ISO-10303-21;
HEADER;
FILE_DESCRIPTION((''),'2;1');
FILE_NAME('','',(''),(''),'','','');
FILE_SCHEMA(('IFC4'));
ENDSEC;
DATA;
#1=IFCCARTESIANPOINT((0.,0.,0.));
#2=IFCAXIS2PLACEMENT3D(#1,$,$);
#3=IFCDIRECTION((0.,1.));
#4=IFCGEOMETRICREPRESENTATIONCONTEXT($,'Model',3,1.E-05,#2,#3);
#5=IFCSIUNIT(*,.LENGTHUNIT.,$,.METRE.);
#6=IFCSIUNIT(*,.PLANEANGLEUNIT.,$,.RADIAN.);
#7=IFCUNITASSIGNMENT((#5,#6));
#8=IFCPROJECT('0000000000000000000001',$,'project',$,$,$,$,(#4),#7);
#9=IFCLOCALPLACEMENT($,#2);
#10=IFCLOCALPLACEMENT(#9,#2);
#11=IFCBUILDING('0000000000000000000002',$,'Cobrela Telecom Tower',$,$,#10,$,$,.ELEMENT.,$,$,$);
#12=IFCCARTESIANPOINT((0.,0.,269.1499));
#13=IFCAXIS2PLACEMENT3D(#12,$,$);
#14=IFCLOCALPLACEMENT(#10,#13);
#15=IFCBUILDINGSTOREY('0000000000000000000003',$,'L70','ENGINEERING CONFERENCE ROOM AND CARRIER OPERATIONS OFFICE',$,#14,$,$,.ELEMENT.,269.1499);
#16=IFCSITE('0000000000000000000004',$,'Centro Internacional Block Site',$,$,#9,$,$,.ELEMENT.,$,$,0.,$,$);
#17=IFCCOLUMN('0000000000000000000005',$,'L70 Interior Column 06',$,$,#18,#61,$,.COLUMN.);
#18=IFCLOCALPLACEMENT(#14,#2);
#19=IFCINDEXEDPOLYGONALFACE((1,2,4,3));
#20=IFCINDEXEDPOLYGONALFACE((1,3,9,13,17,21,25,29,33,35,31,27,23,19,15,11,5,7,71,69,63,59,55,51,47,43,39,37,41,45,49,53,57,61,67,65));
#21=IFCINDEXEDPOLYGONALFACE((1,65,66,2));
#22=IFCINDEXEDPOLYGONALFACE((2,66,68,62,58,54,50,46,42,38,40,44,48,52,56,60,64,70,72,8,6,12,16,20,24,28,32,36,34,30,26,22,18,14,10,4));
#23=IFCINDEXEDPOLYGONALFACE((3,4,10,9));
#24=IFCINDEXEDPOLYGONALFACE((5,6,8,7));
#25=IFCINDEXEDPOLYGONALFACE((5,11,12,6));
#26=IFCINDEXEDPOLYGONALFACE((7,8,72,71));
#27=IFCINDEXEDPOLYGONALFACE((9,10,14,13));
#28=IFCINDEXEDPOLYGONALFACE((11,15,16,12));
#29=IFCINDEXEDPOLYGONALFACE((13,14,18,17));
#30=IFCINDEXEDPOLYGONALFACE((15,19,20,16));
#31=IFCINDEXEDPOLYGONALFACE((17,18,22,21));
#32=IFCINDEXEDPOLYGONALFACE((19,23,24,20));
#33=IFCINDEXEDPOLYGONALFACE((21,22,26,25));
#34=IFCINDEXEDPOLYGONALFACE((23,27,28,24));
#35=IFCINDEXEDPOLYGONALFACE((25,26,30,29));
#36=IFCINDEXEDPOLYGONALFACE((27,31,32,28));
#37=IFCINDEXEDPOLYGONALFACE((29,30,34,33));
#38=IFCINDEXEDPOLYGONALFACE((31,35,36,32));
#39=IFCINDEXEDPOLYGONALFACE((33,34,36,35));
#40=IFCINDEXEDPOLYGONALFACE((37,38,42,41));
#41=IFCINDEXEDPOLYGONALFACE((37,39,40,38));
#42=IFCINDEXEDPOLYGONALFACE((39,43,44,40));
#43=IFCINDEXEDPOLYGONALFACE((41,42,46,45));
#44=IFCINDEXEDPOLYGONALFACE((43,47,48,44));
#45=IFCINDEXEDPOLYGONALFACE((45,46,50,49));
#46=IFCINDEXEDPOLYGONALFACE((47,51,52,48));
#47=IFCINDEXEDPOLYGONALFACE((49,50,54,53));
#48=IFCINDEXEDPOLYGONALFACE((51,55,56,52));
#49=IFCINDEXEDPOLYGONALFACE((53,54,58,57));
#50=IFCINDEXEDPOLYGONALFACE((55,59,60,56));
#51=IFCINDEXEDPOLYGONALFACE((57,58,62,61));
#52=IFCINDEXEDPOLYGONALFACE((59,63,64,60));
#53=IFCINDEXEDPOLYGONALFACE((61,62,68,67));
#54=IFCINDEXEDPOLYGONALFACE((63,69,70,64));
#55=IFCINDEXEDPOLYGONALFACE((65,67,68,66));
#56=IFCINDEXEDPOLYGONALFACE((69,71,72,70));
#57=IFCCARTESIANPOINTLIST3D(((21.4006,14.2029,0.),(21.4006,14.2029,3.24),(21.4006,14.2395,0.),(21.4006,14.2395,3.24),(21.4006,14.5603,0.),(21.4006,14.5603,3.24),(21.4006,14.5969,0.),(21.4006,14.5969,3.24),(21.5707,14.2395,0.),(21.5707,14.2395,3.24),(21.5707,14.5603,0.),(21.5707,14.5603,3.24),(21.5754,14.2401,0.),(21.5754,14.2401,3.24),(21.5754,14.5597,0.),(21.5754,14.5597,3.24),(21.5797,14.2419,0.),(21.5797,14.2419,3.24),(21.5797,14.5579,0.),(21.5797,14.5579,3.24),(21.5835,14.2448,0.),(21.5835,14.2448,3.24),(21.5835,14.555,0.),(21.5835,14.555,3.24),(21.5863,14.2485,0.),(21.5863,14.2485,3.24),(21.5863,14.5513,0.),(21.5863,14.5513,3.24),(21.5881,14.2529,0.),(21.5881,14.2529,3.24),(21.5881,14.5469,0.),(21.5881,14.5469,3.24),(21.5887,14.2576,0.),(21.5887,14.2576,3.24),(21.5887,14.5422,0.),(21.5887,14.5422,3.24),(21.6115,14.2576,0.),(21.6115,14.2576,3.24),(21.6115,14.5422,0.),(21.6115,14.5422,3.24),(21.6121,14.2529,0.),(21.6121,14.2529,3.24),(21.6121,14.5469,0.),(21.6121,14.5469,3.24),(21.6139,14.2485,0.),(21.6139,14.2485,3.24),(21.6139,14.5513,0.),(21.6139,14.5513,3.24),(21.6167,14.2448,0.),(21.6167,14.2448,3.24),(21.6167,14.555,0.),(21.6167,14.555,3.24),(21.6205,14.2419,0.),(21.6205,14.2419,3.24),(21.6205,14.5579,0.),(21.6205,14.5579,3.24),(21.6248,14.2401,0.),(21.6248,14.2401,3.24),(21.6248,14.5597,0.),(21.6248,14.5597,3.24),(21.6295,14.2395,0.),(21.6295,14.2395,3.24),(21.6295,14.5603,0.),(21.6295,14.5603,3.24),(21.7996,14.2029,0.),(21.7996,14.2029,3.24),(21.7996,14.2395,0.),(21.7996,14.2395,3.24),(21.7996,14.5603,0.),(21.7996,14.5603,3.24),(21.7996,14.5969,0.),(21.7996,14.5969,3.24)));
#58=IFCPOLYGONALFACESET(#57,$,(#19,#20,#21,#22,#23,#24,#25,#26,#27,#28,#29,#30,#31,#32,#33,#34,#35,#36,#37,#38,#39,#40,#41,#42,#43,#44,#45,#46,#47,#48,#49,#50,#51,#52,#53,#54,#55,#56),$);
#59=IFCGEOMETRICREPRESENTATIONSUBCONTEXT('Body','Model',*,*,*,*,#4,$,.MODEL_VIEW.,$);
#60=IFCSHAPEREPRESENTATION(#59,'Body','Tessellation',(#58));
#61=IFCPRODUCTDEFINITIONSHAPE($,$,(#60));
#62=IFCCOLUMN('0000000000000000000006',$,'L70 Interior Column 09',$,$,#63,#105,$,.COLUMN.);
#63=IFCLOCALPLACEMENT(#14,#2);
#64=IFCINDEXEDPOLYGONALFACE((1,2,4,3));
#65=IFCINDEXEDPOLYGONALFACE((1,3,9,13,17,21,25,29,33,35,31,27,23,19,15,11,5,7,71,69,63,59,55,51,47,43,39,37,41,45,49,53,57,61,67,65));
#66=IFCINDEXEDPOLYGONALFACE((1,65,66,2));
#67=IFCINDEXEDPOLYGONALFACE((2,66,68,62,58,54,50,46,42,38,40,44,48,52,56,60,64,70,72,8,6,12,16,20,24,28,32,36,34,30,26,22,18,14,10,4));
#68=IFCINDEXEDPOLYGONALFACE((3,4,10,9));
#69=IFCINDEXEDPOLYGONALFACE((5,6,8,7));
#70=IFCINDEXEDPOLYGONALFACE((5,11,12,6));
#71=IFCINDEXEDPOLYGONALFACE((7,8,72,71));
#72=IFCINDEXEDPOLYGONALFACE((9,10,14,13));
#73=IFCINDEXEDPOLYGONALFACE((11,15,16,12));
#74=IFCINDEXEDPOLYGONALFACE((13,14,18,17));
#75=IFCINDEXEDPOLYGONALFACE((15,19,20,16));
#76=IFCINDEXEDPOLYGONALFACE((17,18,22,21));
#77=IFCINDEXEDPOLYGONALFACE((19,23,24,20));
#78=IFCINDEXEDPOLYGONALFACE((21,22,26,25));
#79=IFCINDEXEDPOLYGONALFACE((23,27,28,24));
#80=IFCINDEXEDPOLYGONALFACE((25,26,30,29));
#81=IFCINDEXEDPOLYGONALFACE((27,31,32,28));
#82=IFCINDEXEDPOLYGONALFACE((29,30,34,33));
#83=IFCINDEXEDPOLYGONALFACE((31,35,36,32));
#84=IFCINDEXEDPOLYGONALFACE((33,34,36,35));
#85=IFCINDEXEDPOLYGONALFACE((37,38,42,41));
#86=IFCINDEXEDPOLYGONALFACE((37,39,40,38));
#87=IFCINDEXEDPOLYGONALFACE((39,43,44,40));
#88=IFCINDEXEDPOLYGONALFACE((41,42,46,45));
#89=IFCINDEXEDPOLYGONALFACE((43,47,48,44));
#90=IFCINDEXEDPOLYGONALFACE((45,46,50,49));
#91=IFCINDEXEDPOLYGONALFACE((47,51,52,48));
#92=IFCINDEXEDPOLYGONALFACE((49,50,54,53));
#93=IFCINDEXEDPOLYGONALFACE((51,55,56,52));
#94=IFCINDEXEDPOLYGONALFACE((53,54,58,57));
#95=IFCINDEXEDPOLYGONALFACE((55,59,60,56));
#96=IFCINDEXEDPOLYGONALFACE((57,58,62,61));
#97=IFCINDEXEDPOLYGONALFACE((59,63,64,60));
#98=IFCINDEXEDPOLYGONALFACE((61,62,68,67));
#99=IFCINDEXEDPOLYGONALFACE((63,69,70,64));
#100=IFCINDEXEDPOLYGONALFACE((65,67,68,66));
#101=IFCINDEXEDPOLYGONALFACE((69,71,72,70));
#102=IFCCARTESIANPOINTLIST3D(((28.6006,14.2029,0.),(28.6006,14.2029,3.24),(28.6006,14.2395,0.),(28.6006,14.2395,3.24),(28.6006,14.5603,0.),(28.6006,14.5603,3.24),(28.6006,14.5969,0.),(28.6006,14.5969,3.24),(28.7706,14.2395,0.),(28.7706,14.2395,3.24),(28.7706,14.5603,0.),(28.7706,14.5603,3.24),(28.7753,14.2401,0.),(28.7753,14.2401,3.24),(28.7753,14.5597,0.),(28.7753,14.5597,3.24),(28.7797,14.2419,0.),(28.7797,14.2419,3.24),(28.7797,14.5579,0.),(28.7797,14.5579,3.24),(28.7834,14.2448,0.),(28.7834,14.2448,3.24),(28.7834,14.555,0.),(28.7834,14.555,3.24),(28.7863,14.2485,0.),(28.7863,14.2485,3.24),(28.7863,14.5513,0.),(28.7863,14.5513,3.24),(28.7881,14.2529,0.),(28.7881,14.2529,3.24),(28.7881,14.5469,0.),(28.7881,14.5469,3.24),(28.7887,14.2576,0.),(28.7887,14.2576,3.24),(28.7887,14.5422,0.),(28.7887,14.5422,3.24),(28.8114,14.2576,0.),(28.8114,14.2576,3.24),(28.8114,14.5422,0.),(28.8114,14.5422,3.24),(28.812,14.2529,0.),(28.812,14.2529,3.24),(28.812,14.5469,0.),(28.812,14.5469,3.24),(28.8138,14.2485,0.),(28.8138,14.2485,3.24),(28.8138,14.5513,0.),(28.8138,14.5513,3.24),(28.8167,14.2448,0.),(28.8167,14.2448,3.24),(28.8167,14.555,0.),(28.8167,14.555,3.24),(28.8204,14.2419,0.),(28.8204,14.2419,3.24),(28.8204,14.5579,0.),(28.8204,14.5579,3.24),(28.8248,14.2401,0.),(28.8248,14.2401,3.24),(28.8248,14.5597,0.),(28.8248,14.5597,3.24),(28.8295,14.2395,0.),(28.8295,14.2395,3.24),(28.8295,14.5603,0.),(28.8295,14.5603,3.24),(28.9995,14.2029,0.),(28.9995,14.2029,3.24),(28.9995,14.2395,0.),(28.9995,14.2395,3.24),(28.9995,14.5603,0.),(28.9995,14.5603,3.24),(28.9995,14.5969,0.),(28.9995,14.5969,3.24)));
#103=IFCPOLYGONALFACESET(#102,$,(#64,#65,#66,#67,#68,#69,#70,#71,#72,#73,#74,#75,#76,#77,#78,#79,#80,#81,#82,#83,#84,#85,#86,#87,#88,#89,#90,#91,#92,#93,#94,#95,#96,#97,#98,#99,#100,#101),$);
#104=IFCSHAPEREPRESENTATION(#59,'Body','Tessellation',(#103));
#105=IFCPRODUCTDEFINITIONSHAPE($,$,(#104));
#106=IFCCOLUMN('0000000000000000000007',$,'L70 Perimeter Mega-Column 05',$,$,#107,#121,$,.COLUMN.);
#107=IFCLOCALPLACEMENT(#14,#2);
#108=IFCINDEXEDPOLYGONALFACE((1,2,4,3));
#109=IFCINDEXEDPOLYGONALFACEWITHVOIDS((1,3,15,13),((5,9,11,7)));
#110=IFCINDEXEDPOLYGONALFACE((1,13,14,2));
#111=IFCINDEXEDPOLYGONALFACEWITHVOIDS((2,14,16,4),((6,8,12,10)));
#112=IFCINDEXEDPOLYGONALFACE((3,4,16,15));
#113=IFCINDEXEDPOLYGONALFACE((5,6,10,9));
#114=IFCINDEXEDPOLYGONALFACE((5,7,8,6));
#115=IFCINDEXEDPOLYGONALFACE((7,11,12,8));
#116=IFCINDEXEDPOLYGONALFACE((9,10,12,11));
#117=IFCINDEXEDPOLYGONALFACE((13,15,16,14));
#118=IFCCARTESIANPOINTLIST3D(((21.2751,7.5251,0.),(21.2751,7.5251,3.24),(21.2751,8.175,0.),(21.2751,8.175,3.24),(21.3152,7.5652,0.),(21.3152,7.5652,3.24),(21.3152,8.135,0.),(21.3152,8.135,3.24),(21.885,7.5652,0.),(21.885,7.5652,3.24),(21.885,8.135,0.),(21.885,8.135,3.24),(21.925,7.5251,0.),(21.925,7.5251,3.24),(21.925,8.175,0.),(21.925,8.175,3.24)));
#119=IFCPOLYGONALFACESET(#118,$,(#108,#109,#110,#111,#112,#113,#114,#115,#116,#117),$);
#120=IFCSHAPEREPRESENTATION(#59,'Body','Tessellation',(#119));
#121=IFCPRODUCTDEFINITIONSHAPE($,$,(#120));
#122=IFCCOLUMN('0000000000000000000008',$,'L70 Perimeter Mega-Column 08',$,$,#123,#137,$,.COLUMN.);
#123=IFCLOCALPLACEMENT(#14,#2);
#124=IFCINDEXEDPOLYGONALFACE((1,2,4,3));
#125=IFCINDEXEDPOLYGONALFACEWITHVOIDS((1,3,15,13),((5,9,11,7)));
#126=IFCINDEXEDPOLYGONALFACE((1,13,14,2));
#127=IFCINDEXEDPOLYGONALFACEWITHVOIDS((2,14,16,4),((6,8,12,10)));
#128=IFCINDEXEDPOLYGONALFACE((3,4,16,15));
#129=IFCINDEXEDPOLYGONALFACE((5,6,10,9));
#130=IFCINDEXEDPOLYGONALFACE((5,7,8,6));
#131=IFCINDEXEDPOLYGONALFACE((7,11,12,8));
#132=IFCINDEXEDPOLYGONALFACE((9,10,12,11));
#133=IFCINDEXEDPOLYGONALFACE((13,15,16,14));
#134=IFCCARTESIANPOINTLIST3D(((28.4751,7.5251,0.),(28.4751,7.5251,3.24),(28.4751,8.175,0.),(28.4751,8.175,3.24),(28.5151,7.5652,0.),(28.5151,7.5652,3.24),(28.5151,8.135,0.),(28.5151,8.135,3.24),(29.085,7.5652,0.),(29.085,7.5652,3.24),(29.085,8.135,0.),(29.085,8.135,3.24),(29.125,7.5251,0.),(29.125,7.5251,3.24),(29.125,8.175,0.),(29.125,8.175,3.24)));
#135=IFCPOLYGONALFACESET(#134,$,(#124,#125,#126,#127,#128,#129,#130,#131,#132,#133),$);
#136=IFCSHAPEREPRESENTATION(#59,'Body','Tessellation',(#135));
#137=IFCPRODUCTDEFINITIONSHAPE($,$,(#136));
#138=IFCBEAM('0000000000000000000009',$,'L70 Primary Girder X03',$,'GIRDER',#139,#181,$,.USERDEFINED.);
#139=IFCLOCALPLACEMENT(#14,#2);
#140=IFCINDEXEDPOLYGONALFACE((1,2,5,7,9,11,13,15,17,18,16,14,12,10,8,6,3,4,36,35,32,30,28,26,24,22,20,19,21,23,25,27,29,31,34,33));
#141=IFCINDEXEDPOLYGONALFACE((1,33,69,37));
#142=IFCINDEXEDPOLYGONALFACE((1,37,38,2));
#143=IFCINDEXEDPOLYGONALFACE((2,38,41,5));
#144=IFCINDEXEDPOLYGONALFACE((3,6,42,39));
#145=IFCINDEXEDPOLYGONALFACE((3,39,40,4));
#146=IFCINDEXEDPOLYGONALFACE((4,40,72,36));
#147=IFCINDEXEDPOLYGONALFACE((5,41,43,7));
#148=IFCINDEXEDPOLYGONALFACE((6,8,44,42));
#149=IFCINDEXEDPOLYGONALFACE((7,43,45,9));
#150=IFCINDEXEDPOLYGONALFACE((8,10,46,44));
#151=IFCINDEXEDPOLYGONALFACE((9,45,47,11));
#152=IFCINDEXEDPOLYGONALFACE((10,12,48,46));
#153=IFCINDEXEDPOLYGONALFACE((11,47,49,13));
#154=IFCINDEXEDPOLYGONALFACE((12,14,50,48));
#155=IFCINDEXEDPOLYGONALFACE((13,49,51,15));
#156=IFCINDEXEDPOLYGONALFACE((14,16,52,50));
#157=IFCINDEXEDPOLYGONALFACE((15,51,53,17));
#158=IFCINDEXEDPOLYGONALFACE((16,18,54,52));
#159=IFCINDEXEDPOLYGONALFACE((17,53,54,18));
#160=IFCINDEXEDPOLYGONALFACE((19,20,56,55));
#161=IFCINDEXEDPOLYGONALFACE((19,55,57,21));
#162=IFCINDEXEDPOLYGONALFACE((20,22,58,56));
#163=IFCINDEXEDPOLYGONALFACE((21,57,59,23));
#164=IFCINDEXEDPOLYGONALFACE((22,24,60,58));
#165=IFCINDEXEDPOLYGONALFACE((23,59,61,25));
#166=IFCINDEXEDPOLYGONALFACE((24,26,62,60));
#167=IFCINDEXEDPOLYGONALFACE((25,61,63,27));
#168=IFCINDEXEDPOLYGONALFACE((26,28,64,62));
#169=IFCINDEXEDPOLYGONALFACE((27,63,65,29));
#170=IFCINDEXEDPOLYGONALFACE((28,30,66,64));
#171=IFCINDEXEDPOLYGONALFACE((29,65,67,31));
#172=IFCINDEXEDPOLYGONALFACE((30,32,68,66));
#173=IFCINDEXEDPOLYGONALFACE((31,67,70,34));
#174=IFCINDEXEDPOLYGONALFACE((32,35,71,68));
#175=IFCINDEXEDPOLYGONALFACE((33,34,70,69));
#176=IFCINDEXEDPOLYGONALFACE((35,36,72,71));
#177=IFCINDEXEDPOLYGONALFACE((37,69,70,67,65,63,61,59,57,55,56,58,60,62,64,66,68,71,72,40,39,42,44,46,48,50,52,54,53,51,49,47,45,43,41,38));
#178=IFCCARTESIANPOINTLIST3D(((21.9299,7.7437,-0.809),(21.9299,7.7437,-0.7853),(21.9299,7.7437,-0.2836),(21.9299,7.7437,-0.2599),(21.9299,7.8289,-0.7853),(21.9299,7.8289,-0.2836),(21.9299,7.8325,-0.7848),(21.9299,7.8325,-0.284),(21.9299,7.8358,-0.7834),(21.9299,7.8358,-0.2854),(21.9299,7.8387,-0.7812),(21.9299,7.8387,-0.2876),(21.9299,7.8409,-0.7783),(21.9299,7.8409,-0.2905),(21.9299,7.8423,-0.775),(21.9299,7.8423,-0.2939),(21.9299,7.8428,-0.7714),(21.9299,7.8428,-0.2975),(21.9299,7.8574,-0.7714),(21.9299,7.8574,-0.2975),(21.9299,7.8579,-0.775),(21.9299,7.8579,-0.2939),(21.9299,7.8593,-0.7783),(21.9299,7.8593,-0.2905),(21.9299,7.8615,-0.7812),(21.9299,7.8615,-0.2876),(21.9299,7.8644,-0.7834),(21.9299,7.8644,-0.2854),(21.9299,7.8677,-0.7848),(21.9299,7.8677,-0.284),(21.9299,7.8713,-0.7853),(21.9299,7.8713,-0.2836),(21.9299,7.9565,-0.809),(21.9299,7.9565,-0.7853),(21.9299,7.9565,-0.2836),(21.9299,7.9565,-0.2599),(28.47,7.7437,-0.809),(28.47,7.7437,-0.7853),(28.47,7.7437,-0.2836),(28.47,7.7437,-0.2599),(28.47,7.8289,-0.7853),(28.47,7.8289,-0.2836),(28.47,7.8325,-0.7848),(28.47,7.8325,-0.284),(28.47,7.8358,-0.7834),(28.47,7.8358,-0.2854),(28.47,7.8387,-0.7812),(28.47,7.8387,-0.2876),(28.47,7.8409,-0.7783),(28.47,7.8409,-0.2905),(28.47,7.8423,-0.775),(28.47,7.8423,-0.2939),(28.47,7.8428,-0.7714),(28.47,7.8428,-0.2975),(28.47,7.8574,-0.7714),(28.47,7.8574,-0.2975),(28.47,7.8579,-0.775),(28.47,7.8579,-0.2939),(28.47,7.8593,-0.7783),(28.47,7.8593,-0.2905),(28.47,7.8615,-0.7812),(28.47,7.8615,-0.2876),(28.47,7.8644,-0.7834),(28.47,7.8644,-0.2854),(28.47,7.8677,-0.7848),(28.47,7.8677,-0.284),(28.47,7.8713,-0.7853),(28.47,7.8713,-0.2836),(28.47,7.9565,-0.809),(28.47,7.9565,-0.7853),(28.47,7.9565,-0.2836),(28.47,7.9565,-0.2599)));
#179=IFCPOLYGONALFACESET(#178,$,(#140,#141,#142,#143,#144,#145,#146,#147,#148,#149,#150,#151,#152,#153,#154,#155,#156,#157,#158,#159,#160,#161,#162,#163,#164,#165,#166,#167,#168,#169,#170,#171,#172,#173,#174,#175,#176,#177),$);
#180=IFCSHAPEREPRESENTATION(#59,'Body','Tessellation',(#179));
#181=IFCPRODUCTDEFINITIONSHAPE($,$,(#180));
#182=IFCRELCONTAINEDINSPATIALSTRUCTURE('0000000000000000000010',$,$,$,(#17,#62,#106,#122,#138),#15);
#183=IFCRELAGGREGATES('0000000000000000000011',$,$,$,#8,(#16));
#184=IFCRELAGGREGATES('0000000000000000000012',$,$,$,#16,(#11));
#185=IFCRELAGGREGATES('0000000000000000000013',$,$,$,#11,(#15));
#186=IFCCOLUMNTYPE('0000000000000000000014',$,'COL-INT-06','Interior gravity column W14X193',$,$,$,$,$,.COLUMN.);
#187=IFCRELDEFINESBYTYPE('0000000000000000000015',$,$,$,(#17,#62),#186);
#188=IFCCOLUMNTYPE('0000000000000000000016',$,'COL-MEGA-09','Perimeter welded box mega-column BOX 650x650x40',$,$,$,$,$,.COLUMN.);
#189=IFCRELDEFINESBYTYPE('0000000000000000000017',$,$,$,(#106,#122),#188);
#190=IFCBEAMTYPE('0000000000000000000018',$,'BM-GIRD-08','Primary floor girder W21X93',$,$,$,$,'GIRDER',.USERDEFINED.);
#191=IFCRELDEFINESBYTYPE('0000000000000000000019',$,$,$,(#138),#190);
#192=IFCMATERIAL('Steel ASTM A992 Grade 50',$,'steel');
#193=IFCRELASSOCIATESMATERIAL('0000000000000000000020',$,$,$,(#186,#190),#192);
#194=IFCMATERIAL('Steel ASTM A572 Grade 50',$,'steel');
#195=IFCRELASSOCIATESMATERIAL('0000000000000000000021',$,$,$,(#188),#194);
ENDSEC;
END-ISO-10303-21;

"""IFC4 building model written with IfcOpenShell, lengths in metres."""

from ifc_helpers import new_model, si_unit, direction, frame, origin, origin_2d, place, context, subcontext, project, spatial, hollow_rectangle, i_section, extrude, material, material_profile, profile_set, type_object, element, save


model = new_model("IFC4")

# Units and contexts
model_context = context("Model", 3, precision=1e-05, world=origin(), true_north=direction((0.0, 1.0)))
body_context = subcontext(model_context, "Body", "Model", "MODEL_VIEW")
ifc_project = project(units=[si_unit("LENGTHUNIT", "METRE"), si_unit("PLANEANGLEUNIT", "RADIAN")], contexts=[model_context])

# Site, building, storey
site_placement = place(None, origin())
site = spatial("IfcSite", under=ifc_project, at=site_placement, Name="Centro Internacional Block Site", CompositionType="ELEMENT", RefElevation=0.0)
building_placement = place(site_placement, origin())
building = spatial("IfcBuilding", under=site, at=building_placement, Name="Cobrela Telecom Tower", CompositionType="ELEMENT")
storey_placement = place(building_placement, frame((0.0, 0.0, 269.1499)))
storey = spatial("IfcBuildingStorey", under=building, at=storey_placement, Name="L70", Description="ENGINEERING CONFERENCE ROOM AND CARRIER OPERATIONS OFFICE", CompositionType="ELEMENT", Elevation=269.1499)

# Columns
ifc_material_1 = material(Name="Steel ASTM A992 Grade 50", Category="steel")
ifc_material_profile_1 = material_profile(ifc_material_1, i_section(OverallWidth=0.3989, OverallDepth=0.394, WebThickness=0.0227, FlangeThickness=0.0366, FilletRadius=0.0181, at=origin_2d()), Name="W14X193")
ifc_profile_set_1 = profile_set([ifc_material_profile_1], Name="Steel ASTM A992 Grade 50")
column_type_1 = type_object("IfcColumnType", Name="COL-INT-06", Description="Interior gravity column W14X193", PredefinedType="COLUMN", material=ifc_profile_set_1)
for number, where, z_axis, x_axis, name in (
    (1, (21.6001, 14.3999, 0.0), (0.0, 0.0, 1.0), (1.0, 0.0, 0.0), "L70 Interior Column 06"),
    (2, (28.8, 14.3999, 0.0), (0.0, 0.0, 1.0), (1.0, 0.0, 0.0), "L70 Interior Column 09"),
):
    element("IfcColumn", number, at=place(storey_placement, frame(where, z_axis=z_axis, x_axis=x_axis)), inside=storey, type_object=column_type_1, Name=name, PredefinedType="COLUMN", context=body_context, shape_type="SweptSolid", body=[
        extrude(i_section(OverallWidth=0.3989, OverallDepth=0.394, WebThickness=0.0227, FlangeThickness=0.0366, FilletRadius=0.0181, at=origin_2d()), origin(), (0.0, 0.0, 1.0), 3.24),
    ])
ifc_material_2 = material(Name="Steel ASTM A572 Grade 50", Category="steel")
ifc_material_profile_2 = material_profile(ifc_material_2, hollow_rectangle(XDim=0.6499, YDim=0.6499, WallThickness=0.04, at=origin_2d()), Name="BOX 650x650x40")
ifc_profile_set_2 = profile_set([ifc_material_profile_2], Name="Steel ASTM A572 Grade 50")
column_type_2 = type_object("IfcColumnType", Name="COL-MEGA-09", Description="Perimeter welded box mega-column BOX 650x650x40", PredefinedType="COLUMN", material=ifc_profile_set_2)
for number, where, z_axis, x_axis, name in (
    (3, (21.6001, 7.8501, 0.0), (0.0, 0.0, 1.0), (1.0, 0.0, 0.0), "L70 Perimeter Mega-Column 05"),
    (4, (28.8, 7.8501, 0.0), (0.0, 0.0, 1.0), (1.0, 0.0, 0.0), "L70 Perimeter Mega-Column 08"),
):
    element("IfcColumn", number, at=place(storey_placement, frame(where, z_axis=z_axis, x_axis=x_axis)), inside=storey, type_object=column_type_2, Name=name, PredefinedType="COLUMN", context=body_context, shape_type="SweptSolid", body=[
        extrude(hollow_rectangle(XDim=0.6499, YDim=0.6499, WallThickness=0.04, at=origin_2d()), origin(), (0.0, 0.0, 1.0), 3.24),
    ])

# Beam
ifc_material_profile_3 = material_profile(ifc_material_1, i_section(OverallWidth=0.2129, OverallDepth=0.5491, WebThickness=0.0146, FlangeThickness=0.0237, FilletRadius=0.0139, at=origin_2d()), Name="W21X93")
ifc_profile_set_3 = profile_set([ifc_material_profile_3], Name="Steel ASTM A992 Grade 50")
beam_type_1 = type_object("IfcBeamType", Name="BM-GIRD-08", Description="Primary floor girder W21X93", ElementType="GIRDER", PredefinedType="USERDEFINED", material=ifc_profile_set_3)
for number, where, z_axis, x_axis, name in (
    (5, (21.9299, 7.8501, -0.5344), (1.0, 0.0, 0.0), (0.0, 1.0, 0.0), "L70 Primary Girder X03"),
):
    element("IfcBeam", number, at=place(storey_placement, frame(where, z_axis=z_axis, x_axis=x_axis)), inside=storey, type_object=beam_type_1, Name=name, ObjectType="GIRDER", PredefinedType="USERDEFINED", context=body_context, shape_type="SweptSolid", body=[
        extrude(i_section(OverallWidth=0.2129, OverallDepth=0.5491, WebThickness=0.0146, FlangeThickness=0.0237, FilletRadius=0.0139, at=origin_2d()), origin(), (0.0, 0.0, 1.0), 6.54),
    ])

save(model, "model.ifc")
